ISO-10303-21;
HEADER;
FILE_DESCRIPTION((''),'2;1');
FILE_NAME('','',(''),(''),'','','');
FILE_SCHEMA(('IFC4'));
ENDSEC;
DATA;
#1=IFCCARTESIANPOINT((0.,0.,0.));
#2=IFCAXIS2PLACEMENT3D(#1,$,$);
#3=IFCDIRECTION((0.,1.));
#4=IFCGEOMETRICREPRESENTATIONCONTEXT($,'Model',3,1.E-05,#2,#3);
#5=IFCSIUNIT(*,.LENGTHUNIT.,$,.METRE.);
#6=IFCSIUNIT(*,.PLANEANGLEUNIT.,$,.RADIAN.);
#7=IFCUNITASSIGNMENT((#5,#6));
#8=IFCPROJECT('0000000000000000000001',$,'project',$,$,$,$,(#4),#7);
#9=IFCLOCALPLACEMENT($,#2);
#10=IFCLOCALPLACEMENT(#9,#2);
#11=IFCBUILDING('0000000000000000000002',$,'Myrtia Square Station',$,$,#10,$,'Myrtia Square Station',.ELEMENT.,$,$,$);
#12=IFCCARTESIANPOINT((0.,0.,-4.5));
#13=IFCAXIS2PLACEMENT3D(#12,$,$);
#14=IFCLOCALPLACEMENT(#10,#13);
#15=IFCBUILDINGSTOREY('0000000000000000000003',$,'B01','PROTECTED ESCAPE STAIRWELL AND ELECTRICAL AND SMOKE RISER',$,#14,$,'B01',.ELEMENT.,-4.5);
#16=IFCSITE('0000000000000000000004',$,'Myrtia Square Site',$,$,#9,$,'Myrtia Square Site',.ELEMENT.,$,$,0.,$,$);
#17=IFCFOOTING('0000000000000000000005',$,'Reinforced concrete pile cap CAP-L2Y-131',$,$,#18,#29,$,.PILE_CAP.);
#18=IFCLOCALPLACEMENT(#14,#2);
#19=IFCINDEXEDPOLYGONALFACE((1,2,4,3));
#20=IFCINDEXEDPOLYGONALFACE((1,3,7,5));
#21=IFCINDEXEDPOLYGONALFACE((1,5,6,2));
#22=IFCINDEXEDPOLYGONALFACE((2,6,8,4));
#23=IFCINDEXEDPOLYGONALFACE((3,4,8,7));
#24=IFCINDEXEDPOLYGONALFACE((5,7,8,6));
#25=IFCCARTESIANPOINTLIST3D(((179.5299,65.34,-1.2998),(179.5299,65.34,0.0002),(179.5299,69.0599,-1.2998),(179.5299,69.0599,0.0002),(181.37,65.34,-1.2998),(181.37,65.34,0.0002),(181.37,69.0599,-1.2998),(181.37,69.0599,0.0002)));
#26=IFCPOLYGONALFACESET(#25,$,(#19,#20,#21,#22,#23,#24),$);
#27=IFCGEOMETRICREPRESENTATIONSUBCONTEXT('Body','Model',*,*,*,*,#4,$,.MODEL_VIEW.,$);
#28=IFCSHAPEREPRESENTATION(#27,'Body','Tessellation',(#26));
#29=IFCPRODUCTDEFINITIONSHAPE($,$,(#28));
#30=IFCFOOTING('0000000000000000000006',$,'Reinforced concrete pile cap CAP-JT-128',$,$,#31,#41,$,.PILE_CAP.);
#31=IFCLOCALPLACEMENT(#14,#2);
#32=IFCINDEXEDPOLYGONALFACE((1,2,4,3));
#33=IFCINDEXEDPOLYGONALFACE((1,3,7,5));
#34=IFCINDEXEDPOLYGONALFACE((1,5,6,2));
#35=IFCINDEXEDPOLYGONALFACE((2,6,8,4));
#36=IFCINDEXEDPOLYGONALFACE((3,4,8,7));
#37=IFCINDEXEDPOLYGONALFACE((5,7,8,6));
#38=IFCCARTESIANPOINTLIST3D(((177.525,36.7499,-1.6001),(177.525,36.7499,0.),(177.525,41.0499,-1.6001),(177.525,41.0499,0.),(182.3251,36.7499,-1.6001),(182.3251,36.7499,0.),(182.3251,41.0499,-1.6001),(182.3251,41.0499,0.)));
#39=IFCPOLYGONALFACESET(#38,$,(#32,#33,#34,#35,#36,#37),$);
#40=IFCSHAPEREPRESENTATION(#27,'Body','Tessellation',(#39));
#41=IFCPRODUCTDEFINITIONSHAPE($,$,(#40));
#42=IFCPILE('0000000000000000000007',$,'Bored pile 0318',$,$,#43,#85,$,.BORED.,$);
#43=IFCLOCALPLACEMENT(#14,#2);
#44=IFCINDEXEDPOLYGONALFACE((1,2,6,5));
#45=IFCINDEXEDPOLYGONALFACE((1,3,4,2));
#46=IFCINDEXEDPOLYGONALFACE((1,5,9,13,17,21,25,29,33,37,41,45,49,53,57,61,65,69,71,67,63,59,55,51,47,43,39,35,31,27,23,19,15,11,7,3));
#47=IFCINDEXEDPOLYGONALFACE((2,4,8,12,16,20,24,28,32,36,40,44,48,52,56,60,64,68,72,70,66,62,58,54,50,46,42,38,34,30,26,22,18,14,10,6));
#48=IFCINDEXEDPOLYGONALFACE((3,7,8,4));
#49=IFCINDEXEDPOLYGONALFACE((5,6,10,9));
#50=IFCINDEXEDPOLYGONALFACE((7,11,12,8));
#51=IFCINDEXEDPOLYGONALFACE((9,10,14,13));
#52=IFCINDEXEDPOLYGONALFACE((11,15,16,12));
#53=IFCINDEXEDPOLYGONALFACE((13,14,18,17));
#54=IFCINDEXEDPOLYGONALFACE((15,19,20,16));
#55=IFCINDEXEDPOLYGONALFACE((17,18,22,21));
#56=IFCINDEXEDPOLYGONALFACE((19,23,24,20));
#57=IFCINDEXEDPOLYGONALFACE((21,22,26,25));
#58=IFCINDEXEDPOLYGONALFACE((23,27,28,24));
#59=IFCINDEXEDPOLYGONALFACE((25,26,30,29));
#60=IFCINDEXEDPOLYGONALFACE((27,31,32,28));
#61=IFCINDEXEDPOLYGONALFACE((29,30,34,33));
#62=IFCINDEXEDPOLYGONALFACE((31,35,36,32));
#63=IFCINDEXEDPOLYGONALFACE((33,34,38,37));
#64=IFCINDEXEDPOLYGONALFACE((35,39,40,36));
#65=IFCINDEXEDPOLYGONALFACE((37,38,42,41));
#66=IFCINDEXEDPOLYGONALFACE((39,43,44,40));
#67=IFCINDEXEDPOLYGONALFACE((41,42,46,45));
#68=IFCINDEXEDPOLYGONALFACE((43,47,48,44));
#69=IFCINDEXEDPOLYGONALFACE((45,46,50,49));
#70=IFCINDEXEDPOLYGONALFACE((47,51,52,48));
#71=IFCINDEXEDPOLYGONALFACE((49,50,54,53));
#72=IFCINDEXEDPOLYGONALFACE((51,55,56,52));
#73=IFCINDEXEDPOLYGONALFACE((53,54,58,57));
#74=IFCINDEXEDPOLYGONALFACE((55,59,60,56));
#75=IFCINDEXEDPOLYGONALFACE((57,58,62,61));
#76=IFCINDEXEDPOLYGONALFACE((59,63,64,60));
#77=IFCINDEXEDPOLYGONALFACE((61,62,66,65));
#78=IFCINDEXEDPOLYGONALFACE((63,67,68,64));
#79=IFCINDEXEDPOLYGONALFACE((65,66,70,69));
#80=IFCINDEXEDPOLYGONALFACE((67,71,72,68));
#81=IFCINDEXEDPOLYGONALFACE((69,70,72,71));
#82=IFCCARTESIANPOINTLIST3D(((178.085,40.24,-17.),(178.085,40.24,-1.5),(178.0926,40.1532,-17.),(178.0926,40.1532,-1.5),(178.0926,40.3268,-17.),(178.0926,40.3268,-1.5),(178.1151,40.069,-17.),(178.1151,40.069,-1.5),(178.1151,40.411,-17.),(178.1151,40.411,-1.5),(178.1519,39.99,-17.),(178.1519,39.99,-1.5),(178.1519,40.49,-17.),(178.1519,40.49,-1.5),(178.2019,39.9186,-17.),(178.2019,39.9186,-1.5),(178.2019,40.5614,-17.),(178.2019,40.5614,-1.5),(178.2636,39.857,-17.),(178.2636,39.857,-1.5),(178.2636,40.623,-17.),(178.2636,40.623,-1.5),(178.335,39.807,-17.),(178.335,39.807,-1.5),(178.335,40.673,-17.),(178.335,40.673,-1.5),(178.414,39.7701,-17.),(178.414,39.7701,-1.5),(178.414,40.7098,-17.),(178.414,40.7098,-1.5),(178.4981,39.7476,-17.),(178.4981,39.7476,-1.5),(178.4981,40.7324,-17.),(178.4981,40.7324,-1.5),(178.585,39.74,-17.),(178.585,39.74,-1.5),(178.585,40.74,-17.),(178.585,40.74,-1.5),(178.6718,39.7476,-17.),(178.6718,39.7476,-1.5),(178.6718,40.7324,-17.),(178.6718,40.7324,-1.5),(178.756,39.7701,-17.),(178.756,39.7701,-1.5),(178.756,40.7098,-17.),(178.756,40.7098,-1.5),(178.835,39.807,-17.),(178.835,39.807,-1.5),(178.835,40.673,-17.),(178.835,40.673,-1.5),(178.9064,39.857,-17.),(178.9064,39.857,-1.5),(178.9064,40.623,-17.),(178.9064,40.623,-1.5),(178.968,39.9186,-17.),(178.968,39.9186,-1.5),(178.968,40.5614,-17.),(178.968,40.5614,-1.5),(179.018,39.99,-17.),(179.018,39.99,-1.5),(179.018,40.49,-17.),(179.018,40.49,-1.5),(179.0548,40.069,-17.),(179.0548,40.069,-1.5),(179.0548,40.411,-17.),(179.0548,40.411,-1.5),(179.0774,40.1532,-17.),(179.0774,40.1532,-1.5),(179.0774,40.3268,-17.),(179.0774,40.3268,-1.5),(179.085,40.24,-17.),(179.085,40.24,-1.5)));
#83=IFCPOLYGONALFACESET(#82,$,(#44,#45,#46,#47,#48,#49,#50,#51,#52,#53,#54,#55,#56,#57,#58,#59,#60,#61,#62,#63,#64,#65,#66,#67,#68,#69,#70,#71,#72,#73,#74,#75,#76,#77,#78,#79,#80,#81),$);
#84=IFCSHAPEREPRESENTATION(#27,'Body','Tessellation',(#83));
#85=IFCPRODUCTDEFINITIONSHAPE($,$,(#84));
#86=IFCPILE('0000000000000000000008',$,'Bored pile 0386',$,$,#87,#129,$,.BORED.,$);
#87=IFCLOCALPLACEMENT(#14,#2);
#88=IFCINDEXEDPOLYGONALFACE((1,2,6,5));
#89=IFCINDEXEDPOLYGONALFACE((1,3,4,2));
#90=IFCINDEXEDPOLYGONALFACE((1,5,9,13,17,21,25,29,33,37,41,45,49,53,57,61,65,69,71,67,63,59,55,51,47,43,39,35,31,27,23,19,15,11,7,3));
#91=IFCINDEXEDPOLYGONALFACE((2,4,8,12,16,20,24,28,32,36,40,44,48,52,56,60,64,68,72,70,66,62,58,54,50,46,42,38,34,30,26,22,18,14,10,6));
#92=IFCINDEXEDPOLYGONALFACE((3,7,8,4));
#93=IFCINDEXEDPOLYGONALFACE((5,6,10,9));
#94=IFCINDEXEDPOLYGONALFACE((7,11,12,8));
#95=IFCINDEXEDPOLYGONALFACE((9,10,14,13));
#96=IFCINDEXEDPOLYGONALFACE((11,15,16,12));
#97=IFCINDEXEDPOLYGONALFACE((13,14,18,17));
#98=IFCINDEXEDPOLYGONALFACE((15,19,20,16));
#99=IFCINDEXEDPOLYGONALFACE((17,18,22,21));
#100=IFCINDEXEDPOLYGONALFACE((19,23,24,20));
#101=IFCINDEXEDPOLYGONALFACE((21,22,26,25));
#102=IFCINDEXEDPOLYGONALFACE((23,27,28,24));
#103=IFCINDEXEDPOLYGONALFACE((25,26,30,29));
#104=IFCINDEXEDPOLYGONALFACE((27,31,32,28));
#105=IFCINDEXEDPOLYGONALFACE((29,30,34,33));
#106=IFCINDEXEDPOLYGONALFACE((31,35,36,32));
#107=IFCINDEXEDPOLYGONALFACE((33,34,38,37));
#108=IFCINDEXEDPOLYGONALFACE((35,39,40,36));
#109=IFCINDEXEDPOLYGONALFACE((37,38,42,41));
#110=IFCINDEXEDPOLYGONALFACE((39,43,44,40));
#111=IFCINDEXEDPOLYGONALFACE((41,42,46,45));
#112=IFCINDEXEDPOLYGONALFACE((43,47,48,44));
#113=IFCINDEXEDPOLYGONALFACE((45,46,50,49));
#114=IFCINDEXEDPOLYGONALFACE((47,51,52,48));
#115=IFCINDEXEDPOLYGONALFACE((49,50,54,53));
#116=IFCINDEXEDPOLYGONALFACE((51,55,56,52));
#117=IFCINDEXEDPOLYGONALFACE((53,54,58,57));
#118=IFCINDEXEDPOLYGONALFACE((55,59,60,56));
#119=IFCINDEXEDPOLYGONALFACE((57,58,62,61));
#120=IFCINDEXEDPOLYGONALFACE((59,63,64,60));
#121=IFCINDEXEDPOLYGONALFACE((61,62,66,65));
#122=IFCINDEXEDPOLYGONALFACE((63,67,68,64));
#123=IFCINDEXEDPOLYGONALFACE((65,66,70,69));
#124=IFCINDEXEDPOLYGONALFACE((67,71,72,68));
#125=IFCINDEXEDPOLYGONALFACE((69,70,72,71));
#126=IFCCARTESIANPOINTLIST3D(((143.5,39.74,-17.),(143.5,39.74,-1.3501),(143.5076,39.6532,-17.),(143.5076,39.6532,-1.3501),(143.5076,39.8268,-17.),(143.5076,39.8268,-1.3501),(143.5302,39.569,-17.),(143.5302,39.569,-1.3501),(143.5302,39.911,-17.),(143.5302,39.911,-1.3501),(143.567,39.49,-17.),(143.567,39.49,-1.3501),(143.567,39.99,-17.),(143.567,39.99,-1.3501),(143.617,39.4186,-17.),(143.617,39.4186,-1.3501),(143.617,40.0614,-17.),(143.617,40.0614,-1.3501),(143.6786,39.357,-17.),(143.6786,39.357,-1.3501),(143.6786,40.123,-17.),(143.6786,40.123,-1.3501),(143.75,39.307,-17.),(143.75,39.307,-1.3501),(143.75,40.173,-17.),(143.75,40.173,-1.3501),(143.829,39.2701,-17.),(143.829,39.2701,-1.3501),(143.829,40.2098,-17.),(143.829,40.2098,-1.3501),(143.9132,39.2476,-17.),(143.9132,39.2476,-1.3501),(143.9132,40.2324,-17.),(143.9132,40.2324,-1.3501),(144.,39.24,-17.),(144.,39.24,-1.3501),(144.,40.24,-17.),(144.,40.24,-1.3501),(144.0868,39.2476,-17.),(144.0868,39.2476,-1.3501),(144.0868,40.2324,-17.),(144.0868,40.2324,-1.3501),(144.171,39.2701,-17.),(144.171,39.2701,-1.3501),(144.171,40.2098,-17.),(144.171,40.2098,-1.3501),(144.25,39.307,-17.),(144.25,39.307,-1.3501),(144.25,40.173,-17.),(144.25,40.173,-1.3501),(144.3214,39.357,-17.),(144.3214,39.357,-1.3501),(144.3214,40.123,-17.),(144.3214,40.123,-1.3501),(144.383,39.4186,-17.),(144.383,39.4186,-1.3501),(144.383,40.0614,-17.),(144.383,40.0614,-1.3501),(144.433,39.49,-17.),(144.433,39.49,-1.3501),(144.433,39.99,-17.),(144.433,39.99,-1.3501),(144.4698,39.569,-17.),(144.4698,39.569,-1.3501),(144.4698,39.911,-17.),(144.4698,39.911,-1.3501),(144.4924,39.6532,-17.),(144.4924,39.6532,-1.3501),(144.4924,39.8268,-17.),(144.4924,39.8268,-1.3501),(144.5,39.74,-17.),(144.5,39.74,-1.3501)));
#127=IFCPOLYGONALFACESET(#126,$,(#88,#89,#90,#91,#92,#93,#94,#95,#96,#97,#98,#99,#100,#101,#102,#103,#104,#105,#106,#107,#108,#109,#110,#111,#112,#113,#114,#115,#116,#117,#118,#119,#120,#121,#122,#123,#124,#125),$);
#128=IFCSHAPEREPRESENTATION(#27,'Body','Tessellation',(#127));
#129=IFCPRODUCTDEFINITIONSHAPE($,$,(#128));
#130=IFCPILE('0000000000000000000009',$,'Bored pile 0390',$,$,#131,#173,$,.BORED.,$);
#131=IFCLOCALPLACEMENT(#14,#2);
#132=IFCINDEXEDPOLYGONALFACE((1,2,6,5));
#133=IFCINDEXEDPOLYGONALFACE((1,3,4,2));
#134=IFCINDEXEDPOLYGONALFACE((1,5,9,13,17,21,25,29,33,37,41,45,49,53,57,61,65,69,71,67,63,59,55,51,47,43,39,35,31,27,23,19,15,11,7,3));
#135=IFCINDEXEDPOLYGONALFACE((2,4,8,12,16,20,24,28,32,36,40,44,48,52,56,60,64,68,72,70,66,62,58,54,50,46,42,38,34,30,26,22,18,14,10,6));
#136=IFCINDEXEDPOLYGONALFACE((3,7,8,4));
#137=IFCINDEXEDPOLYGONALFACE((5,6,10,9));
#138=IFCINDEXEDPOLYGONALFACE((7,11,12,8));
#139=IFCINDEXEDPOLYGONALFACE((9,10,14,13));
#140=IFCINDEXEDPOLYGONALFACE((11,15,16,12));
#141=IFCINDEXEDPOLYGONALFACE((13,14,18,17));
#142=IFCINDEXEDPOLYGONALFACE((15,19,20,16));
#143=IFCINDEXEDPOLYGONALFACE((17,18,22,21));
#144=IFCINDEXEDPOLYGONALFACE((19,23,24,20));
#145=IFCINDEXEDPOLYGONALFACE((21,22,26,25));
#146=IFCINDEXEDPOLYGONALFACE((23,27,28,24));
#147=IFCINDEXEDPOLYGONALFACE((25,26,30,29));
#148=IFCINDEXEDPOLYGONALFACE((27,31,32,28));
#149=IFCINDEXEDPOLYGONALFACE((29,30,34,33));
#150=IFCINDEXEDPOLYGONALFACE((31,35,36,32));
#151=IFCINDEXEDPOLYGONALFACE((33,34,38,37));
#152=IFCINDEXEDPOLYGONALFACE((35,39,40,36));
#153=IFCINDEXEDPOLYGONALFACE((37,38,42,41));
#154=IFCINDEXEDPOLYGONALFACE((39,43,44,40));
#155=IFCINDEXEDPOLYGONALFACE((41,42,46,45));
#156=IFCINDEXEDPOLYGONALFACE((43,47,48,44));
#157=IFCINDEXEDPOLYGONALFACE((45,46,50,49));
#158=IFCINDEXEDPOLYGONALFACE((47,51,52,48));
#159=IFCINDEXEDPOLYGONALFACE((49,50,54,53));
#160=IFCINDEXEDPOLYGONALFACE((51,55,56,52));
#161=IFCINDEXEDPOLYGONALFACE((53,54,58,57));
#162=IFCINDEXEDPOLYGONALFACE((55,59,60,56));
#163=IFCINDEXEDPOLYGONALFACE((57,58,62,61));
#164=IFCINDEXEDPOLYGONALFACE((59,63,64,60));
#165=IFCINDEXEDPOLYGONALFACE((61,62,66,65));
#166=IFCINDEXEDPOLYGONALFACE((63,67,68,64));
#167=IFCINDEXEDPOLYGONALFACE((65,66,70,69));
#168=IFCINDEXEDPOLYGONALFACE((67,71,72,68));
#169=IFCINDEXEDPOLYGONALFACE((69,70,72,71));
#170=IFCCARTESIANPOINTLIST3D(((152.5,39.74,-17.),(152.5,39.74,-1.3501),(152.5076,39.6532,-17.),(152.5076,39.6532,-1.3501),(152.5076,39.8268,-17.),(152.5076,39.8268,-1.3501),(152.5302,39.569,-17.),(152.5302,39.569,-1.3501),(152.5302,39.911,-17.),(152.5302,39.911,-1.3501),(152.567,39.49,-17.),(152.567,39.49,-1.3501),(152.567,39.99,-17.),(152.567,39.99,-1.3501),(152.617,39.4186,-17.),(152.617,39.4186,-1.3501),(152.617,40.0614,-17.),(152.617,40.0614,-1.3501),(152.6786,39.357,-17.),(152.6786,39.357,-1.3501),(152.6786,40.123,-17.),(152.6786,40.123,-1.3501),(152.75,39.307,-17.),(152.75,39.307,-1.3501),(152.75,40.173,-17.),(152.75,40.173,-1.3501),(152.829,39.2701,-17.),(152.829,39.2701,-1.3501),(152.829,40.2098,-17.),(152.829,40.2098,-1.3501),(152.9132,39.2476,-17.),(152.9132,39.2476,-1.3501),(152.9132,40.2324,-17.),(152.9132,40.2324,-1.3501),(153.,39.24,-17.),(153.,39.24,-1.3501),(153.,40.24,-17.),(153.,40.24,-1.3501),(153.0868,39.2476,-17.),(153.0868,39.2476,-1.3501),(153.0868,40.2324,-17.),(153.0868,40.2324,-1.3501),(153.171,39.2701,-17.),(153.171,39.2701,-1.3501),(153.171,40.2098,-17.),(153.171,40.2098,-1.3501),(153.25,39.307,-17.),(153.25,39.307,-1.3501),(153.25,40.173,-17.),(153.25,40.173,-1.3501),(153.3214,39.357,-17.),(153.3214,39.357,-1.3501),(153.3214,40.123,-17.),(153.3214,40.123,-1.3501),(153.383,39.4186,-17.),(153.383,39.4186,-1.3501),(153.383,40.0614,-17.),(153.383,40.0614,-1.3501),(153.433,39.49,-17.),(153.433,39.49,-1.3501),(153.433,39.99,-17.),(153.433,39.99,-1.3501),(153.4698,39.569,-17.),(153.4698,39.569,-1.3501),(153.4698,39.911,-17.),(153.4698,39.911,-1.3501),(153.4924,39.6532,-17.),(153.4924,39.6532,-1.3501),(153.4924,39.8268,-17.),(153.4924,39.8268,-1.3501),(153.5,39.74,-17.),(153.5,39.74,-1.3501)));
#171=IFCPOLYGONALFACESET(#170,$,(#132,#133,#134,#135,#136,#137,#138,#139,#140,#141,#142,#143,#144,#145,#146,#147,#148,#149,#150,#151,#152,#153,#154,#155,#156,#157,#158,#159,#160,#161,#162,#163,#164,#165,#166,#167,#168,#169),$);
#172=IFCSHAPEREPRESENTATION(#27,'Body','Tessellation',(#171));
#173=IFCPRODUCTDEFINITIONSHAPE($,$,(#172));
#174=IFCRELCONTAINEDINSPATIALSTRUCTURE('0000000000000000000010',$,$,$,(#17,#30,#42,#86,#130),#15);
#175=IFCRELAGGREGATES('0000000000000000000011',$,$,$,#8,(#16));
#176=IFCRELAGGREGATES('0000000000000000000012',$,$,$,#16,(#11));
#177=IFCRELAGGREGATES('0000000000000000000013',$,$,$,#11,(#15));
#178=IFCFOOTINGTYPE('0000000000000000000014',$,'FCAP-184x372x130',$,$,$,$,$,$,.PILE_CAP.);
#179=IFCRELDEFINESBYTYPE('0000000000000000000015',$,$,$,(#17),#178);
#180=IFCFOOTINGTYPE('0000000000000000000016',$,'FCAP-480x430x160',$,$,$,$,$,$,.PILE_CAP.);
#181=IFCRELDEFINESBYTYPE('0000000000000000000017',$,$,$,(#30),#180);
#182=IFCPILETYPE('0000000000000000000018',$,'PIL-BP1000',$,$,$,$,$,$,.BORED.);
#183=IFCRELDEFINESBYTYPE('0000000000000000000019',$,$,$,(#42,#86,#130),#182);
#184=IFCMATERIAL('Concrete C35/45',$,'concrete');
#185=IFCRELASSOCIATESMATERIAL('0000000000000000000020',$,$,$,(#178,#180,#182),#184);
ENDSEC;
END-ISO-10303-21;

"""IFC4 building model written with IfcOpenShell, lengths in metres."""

from ifc_helpers import new_model, si_unit, direction, frame, origin, origin_2d, place, context, subcontext, project, spatial, rectangle, circle, extrude, material, material_profile, profile_set, type_object, element, save


model = new_model("IFC4")

# Units and contexts
model_context = context("Model", 3, precision=1e-05, world=origin(), true_north=direction((0.0, 1.0)))
body_context = subcontext(model_context, "Body", "Model", "MODEL_VIEW")
ifc_project = project(units=[si_unit("LENGTHUNIT", "METRE"), si_unit("PLANEANGLEUNIT", "RADIAN")], contexts=[model_context])

# Site, building, storey
site_placement = place(None, origin())
site = spatial("IfcSite", under=ifc_project, at=site_placement, Name="Myrtia Square Site", LongName="Myrtia Square Site", CompositionType="ELEMENT", RefElevation=0.0)
building_placement = place(site_placement, origin())
building = spatial("IfcBuilding", under=site, at=building_placement, Name="Myrtia Square Station", LongName="Myrtia Square Station", CompositionType="ELEMENT")
storey_placement = place(building_placement, frame((0.0, 0.0, -4.5)))
storey = spatial("IfcBuildingStorey", under=building, at=storey_placement, Name="B01", Description="PROTECTED ESCAPE STAIRWELL AND ELECTRICAL AND SMOKE RISER", LongName="B01", CompositionType="ELEMENT", Elevation=-4.5)

# Footings
ifc_material_1 = material(Name="Concrete C35/45", Category="concrete")
footing_type_1 = type_object("IfcFootingType", Name="FCAP-184x372x130", PredefinedType="PILE_CAP", material=ifc_material_1)
for number, where, z_axis, x_axis, name in (
    (1, (180.45, 67.2, -1.2998), (0.0, 0.0, 1.0), (1.0, 0.0, 0.0), "Reinforced concrete pile cap CAP-L2Y-131"),
):
    element("IfcFooting", number, at=place(storey_placement, frame(where, z_axis=z_axis, x_axis=x_axis)), inside=storey, type_object=footing_type_1, Name=name, PredefinedType="PILE_CAP", context=body_context, shape_type="SweptSolid", body=[
        extrude(rectangle(XDim=1.8401, YDim=3.72, at=origin_2d()), origin(), (0.0, 0.0, 1.0), 1.3),
    ])
footing_type_2 = type_object("IfcFootingType", Name="FCAP-480x430x160", PredefinedType="PILE_CAP", material=ifc_material_1)
footing_1_placement = place(storey_placement, frame((179.925, 38.8999, -1.6001), z_axis=(0.0, 0.0, 1.0), x_axis=(1.0, 0.0, 0.0)))
element("IfcFooting", 2, at=footing_1_placement, inside=storey, type_object=footing_type_2, Name="Reinforced concrete pile cap CAP-JT-128", PredefinedType="PILE_CAP", context=body_context, shape_type="SweptSolid", body=[
    extrude(rectangle(XDim=4.8, YDim=4.3, at=origin_2d()), origin(), (0.0, 0.0, 1.0), 1.6001),
])

# Piles
ifc_material_profile_1 = material_profile(ifc_material_1, circle(Radius=0.5, at=origin_2d()), Name="BP D1000")
ifc_profile_set_1 = profile_set([ifc_material_profile_1], Name="Concrete C35/45")
pile_type_1 = type_object("IfcPileType", Name="PIL-BP1000", PredefinedType="BORED", material=ifc_profile_set_1)
pile_placement = place(storey_placement, frame((178.585, 40.24, -1.5), z_axis=(0.0, 0.0, -1.0), x_axis=(1.0, 0.0, 0.0)))
element("IfcPile", 3, at=pile_placement, inside=storey, type_object=pile_type_1, Name="Bored pile 0318", PredefinedType="BORED", context=body_context, shape_type="SweptSolid", body=[
    extrude(circle(Radius=0.5, at=origin_2d()), origin(), (0.0, 0.0, 1.0), 15.5),
])
for number, where, z_axis, x_axis, name in (
    (4, (144.0, 39.74, -1.3501), (0.0, 0.0, -1.0), (1.0, 0.0, 0.0), "Bored pile 0386"),
    (5, (153.0, 39.74, -1.3501), (0.0, 0.0, -1.0), (1.0, 0.0, 0.0), "Bored pile 0390"),
):
    element("IfcPile", number, at=place(storey_placement, frame(where, z_axis=z_axis, x_axis=x_axis)), inside=storey, type_object=pile_type_1, Name=name, PredefinedType="BORED", context=body_context, shape_type="SweptSolid", body=[
        extrude(circle(Radius=0.5, at=origin_2d()), origin(), (0.0, 0.0, 1.0), 15.6499),
    ])

save(model, "model.ifc")
